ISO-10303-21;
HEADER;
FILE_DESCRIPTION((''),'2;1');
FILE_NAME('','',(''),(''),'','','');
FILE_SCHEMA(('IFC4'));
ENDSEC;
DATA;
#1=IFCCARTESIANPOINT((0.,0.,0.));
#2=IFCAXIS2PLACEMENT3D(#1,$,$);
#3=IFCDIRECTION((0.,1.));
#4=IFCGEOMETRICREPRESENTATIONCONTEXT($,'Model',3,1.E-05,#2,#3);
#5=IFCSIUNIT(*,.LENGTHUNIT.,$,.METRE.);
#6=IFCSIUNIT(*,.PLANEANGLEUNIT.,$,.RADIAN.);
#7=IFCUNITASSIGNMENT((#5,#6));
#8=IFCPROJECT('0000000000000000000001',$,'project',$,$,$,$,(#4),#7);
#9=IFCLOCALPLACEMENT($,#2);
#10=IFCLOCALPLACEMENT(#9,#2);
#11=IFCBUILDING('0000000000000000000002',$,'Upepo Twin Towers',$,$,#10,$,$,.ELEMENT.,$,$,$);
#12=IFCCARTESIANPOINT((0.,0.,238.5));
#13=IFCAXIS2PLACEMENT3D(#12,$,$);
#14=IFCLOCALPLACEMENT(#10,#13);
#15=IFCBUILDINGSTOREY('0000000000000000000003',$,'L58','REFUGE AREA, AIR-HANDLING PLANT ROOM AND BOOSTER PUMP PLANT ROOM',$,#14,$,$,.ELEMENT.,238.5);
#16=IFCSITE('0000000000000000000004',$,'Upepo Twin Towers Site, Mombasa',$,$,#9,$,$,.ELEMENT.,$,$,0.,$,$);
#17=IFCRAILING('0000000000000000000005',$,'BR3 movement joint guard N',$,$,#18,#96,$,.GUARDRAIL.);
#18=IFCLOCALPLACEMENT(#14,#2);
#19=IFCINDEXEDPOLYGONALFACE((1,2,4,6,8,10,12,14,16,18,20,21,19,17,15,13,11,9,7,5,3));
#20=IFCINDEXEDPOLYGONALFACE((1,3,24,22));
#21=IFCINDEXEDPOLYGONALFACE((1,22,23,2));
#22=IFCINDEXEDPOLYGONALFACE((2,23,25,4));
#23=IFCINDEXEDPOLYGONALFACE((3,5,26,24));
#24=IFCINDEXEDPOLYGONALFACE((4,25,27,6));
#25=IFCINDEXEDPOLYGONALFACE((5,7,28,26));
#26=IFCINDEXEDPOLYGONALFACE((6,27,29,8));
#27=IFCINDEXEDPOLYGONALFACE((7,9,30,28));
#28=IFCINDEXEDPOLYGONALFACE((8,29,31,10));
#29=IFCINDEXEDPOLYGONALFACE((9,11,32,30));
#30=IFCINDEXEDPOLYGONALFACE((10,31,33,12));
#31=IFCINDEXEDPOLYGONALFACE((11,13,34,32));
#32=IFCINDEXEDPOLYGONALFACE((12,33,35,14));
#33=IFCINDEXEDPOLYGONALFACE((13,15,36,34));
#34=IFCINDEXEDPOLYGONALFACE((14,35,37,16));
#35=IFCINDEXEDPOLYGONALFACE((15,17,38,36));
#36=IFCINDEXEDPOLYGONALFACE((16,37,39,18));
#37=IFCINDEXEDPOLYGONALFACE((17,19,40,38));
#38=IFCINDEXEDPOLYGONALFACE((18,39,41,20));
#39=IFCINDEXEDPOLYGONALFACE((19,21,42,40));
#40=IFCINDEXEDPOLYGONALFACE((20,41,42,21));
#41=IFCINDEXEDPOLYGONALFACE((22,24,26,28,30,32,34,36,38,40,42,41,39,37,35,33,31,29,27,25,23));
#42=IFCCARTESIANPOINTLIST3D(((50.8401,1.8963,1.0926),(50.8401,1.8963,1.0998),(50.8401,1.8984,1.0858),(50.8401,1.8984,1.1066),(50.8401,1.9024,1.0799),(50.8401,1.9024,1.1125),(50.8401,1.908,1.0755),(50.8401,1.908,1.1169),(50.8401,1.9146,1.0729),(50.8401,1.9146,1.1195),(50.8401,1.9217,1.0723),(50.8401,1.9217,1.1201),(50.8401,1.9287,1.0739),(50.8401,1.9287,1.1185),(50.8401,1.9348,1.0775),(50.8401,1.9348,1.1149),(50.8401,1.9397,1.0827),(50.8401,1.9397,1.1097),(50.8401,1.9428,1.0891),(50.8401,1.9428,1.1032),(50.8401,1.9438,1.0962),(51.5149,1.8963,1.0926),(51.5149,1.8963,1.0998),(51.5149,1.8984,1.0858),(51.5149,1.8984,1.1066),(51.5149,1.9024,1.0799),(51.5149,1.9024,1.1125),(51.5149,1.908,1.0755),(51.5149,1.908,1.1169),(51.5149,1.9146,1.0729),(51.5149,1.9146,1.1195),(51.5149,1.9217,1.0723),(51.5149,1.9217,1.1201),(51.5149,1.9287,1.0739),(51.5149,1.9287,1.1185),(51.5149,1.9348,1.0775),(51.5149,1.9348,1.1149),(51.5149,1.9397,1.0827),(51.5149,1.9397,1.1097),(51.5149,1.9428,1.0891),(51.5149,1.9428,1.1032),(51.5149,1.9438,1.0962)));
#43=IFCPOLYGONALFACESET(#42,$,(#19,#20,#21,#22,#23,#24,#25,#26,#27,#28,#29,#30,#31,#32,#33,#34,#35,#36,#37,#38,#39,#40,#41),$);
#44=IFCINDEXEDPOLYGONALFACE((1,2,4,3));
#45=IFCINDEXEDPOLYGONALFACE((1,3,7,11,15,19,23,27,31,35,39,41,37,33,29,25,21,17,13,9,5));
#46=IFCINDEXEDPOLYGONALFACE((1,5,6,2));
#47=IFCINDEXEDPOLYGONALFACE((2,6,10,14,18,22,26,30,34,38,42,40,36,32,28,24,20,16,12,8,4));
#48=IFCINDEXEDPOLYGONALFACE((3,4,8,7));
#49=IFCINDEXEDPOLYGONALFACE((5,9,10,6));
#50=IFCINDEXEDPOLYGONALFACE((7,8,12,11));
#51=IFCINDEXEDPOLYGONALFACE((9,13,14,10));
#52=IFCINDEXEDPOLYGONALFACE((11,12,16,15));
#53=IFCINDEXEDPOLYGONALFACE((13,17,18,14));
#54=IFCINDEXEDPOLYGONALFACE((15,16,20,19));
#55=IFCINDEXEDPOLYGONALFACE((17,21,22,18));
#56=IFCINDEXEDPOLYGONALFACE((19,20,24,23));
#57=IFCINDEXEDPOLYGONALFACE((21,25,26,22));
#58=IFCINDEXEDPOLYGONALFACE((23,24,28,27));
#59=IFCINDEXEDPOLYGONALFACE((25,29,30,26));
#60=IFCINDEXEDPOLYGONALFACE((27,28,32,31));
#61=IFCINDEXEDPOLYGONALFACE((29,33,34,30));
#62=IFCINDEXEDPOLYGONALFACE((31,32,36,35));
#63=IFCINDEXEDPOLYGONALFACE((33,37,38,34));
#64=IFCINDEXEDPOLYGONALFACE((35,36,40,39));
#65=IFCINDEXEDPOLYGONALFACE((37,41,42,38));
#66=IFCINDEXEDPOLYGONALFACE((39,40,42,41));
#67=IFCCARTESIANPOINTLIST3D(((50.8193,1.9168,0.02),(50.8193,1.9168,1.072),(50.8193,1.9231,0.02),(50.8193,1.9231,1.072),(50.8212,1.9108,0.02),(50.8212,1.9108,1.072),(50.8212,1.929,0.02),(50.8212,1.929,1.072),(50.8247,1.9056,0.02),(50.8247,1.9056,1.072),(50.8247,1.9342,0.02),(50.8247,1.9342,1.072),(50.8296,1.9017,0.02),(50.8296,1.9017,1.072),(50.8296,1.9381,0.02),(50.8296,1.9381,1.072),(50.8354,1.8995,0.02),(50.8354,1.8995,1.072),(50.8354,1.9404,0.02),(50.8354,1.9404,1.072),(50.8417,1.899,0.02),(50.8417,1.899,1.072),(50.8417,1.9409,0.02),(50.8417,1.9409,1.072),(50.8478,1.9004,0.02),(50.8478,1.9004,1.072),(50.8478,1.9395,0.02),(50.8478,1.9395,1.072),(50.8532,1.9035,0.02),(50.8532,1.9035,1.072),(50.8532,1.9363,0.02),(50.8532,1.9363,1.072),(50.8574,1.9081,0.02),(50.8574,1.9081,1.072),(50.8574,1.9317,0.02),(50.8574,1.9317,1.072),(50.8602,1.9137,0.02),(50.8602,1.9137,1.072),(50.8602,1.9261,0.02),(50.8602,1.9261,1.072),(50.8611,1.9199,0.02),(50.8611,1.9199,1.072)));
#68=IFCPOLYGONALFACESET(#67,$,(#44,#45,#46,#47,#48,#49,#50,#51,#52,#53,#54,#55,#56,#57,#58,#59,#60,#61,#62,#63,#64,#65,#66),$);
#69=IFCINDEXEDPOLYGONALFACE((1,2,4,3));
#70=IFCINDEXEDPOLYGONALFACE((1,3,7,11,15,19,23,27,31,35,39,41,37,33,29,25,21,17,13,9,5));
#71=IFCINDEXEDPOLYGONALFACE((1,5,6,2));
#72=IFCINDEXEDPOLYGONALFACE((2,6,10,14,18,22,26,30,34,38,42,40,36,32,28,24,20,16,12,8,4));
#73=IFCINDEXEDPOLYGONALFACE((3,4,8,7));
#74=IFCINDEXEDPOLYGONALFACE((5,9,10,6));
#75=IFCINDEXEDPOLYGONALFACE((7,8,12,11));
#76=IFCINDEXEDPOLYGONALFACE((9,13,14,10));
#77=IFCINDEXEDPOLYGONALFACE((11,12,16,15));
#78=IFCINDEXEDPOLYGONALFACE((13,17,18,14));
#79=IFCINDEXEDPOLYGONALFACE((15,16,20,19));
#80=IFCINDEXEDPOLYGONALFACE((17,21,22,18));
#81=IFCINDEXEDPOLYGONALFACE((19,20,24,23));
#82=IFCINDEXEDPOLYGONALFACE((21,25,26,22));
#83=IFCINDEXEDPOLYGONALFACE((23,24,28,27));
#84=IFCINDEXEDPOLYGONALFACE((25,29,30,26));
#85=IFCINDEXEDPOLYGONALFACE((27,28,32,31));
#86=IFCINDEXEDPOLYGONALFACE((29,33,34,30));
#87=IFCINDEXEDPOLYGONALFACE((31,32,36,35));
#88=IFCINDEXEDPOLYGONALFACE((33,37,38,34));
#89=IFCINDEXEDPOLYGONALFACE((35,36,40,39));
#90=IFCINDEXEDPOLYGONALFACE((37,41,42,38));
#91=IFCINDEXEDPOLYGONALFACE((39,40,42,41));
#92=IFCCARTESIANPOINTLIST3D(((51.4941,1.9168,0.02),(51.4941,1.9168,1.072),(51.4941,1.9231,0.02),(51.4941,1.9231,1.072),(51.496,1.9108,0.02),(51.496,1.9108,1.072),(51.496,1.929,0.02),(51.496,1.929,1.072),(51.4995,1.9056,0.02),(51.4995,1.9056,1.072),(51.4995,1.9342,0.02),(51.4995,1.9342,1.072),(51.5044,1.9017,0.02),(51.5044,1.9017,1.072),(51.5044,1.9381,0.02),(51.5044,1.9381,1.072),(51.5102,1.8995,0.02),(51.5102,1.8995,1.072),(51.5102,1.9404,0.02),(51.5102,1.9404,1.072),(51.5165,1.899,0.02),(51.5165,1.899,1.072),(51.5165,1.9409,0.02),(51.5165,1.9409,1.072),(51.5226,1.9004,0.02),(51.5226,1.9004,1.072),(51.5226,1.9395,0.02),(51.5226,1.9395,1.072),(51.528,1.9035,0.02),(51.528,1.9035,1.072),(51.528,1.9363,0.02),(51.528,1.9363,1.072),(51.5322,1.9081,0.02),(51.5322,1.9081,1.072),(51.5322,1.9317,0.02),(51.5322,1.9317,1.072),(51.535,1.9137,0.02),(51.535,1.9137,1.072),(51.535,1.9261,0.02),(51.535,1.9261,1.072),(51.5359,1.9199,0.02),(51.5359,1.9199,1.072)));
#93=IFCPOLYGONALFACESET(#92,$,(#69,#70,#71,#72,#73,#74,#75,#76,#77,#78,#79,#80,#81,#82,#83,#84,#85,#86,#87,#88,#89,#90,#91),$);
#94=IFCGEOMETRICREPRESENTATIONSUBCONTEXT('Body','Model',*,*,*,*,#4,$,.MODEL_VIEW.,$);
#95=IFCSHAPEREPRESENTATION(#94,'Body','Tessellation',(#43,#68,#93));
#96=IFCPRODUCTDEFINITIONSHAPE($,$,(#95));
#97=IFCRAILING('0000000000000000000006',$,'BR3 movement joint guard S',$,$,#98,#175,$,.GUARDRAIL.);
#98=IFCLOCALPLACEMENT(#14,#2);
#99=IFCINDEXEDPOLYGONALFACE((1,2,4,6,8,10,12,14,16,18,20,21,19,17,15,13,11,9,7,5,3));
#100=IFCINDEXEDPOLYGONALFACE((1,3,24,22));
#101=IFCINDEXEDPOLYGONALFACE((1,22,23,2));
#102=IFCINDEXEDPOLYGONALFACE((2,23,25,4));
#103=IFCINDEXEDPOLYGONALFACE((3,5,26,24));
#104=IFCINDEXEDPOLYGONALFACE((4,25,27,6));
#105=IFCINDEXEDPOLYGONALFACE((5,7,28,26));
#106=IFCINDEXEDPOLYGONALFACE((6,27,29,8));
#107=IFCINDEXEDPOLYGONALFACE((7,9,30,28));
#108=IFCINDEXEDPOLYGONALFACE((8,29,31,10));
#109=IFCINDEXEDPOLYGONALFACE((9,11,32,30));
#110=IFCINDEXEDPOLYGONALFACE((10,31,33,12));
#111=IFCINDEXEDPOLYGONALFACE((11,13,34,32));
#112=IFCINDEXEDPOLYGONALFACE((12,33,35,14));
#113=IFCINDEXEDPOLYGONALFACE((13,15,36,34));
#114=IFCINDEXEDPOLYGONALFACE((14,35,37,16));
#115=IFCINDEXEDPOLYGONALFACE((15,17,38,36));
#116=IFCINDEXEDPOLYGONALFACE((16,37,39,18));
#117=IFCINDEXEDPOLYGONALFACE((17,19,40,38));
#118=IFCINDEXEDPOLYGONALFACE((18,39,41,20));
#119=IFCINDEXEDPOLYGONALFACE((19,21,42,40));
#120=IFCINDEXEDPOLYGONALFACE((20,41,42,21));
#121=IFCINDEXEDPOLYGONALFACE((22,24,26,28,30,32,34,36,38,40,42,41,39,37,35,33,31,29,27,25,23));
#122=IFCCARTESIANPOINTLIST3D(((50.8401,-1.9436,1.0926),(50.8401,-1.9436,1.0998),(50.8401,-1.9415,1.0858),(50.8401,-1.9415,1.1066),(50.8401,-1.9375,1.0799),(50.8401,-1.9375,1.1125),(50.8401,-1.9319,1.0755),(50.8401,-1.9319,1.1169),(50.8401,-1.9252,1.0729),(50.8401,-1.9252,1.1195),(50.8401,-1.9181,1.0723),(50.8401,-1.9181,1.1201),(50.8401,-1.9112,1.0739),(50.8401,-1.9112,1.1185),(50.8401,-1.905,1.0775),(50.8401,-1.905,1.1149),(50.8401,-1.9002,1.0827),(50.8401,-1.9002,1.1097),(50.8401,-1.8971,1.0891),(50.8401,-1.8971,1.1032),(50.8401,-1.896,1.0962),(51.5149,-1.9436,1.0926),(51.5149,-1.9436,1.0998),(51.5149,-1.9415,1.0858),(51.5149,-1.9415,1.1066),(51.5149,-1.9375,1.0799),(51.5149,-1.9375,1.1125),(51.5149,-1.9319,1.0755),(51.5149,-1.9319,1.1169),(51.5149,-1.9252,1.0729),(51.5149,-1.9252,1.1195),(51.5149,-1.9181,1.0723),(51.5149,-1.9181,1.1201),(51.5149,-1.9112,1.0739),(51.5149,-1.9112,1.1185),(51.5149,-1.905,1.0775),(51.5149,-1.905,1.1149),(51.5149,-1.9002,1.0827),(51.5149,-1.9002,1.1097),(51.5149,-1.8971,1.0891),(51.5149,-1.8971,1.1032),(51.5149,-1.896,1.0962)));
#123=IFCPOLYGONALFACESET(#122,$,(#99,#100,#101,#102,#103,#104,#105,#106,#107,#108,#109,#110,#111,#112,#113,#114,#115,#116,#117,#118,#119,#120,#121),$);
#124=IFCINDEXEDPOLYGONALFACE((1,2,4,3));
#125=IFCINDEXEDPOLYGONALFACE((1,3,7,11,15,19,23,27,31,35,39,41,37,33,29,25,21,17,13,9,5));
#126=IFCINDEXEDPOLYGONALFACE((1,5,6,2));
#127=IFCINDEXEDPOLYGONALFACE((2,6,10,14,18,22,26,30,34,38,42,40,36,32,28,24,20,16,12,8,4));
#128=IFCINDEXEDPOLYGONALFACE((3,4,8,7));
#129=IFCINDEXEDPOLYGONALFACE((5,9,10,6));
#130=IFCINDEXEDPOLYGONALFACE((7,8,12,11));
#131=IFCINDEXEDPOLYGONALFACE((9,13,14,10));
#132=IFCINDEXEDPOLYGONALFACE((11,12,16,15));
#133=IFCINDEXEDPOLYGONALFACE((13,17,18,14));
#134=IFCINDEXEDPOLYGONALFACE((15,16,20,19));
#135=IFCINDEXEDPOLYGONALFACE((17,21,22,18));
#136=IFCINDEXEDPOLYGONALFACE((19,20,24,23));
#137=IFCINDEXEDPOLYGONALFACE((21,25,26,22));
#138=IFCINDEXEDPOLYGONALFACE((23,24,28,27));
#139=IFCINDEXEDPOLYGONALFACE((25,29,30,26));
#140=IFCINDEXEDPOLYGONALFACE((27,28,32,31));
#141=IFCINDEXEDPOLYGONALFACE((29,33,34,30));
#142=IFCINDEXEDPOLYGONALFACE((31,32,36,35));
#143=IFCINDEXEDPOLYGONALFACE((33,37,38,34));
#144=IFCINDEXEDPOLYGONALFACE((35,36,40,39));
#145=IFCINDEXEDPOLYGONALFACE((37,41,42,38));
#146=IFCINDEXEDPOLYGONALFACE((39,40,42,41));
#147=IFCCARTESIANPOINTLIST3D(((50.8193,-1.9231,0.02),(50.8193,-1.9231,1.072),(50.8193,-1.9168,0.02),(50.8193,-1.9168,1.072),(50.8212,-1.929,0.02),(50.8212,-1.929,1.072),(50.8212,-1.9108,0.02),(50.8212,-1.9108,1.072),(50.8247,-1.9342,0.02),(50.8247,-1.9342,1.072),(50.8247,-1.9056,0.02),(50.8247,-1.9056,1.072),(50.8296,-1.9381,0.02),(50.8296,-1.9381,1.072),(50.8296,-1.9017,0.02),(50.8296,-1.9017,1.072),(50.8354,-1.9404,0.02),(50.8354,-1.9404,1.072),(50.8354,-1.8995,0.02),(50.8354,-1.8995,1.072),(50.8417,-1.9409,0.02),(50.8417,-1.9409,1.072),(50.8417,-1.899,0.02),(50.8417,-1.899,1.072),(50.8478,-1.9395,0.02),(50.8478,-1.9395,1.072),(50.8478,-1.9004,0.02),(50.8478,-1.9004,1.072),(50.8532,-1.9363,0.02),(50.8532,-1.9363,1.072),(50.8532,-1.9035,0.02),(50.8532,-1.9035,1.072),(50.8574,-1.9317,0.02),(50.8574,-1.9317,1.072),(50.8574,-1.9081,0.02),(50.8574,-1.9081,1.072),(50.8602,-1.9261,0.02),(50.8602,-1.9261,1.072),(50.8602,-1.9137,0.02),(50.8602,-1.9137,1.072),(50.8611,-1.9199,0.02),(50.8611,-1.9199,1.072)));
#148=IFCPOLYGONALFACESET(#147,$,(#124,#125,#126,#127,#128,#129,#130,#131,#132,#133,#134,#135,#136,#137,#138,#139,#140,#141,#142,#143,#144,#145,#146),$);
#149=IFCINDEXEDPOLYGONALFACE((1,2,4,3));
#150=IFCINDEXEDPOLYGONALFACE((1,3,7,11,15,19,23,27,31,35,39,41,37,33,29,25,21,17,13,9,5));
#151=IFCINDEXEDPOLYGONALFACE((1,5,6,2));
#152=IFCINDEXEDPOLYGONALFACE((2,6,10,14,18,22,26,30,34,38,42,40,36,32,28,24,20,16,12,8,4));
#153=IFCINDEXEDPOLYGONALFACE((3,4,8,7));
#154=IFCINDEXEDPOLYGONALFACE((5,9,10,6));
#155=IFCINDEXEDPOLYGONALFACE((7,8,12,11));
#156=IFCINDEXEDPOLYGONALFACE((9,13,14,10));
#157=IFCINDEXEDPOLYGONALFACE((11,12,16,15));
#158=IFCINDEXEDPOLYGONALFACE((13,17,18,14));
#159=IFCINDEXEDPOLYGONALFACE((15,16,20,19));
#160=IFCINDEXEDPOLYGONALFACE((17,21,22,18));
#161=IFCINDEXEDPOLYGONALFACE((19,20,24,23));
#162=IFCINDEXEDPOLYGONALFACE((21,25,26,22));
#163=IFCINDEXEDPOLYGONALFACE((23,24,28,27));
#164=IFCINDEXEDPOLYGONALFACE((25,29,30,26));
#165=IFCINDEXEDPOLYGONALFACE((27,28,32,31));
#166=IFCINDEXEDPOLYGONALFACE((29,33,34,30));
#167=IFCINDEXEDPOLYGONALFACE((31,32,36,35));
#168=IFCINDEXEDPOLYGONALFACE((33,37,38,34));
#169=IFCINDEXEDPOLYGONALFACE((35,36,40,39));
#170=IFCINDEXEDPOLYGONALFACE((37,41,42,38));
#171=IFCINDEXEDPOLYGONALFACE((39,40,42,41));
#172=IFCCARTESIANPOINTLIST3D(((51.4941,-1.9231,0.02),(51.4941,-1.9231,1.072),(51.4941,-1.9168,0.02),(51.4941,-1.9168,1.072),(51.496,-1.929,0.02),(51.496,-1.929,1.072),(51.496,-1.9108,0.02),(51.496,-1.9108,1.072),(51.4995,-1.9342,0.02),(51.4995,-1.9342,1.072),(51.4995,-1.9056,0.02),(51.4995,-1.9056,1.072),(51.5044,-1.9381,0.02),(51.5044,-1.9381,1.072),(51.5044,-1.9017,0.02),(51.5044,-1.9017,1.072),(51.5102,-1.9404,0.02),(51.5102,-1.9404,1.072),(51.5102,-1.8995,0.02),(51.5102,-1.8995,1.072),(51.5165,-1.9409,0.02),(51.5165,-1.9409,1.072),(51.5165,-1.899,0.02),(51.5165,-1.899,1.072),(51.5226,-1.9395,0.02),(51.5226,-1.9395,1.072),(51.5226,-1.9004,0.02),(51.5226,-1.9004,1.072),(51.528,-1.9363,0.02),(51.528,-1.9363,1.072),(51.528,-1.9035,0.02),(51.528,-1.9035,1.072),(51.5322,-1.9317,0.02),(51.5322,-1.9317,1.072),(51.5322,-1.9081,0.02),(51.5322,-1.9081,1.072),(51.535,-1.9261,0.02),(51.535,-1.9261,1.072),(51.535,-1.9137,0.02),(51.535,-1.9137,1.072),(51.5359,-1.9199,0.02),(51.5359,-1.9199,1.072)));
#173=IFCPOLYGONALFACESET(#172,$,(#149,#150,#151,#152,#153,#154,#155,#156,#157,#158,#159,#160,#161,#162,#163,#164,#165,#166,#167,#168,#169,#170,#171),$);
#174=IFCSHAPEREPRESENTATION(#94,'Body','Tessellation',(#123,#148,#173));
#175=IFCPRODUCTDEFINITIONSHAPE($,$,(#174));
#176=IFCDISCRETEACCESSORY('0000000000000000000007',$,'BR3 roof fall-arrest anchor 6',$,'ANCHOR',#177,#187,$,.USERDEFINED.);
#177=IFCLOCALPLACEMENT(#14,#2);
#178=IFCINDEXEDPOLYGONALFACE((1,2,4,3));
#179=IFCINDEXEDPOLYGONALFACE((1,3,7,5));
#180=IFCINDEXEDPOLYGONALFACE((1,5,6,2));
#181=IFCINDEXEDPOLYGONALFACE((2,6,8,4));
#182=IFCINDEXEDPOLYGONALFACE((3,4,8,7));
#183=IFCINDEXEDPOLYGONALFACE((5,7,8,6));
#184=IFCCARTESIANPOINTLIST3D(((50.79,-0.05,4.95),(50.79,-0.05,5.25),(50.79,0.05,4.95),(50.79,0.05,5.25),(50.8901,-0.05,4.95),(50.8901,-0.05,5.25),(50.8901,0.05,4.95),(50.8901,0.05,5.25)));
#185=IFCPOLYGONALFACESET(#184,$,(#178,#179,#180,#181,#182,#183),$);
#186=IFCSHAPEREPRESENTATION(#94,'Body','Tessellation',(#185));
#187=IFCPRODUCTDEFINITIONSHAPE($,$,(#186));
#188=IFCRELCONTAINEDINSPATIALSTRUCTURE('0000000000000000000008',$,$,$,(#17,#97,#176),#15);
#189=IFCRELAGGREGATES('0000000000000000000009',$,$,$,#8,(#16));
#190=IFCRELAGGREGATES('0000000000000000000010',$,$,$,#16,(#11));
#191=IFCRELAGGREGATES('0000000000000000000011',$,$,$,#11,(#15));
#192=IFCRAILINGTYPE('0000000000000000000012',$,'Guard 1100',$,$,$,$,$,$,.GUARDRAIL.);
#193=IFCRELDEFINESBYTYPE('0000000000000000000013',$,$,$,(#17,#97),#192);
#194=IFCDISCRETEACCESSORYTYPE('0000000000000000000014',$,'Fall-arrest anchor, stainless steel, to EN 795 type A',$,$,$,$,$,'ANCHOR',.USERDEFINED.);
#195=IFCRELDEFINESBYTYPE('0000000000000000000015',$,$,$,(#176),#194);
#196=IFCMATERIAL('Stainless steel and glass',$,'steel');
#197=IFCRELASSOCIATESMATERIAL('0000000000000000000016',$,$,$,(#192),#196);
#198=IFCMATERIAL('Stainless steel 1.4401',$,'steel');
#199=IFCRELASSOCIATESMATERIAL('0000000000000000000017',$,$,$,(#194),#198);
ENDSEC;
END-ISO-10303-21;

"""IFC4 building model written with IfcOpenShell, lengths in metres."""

from ifc_helpers import new_model, si_unit, direction, frame, origin, origin_2d, place, context, subcontext, project, spatial, rectangle, circle, extrude, material, material_profile, profile_set, type_object, element, save


model = new_model("IFC4")

# Units and contexts
model_context = context("Model", 3, precision=1e-05, world=origin(), true_north=direction((0.0, 1.0)))
body_context = subcontext(model_context, "Body", "Model", "MODEL_VIEW")
ifc_project = project(units=[si_unit("LENGTHUNIT", "METRE"), si_unit("PLANEANGLEUNIT", "RADIAN")], contexts=[model_context])

# Site, building, storey
site_placement = place(None, origin())
site = spatial("IfcSite", under=ifc_project, at=site_placement, Name="Upepo Twin Towers Site, Mombasa", CompositionType="ELEMENT", RefElevation=0.0)
building_placement = place(site_placement, origin())
building = spatial("IfcBuilding", under=site, at=building_placement, Name="Upepo Twin Towers", CompositionType="ELEMENT")
storey_placement = place(building_placement, frame((0.0, 0.0, 238.5)))
storey = spatial("IfcBuildingStorey", under=building, at=storey_placement, Name="L58", Description="REFUGE AREA, AIR-HANDLING PLANT ROOM AND BOOSTER PUMP PLANT ROOM", CompositionType="ELEMENT", Elevation=238.5)

# Railings
ifc_material_1 = material(Name="Stainless steel and glass", Category="steel")
railing_type = type_object("IfcRailingType", Name="Guard 1100", PredefinedType="GUARDRAIL", material=ifc_material_1)
for number, where, name in (
    (1, (50.8401, 1.9199, 0.02), "BR3 movement joint guard N"),
    (2, (50.8401, -1.9199, 0.02), "BR3 movement joint guard S"),
):
    element("IfcRailing", number, at=place(storey_placement, frame(where)), inside=storey, type_object=railing_type, Name=name, PredefinedType="GUARDRAIL", context=body_context, shape_type="SweptSolid", body=[
        extrude(circle(Radius=0.0239, at=origin_2d()), frame((0.0, 0.0, 1.0762), z_axis=(1.0, 0.0, 0.0), x_axis=(0.0, 1.0, 0.0)), (0.0, 0.0, 1.0), 0.6748),
        extrude(circle(Radius=0.021, at=origin_2d()), origin(), (0.0, 0.0, 1.0), 1.052),
        extrude(circle(Radius=0.021, at=origin_2d()), frame((0.6748, 0.0, 0.0)), (0.0, 0.0, 1.0), 1.052),
    ])

# Discrete accessory
ifc_material_2 = material(Name="Stainless steel 1.4401", Category="steel")
ifc_material_profile_1 = material_profile(ifc_material_2, rectangle(XDim=0.1001, YDim=0.1001, at=origin_2d()), Name="ANCHOR POST 100x100")
ifc_profile_set_1 = profile_set([ifc_material_profile_1], Name="Stainless steel 1.4401")
discrete_accessory_type = type_object("IfcDiscreteAccessoryType", Name="Fall-arrest anchor, stainless steel, to EN 795 type A", ElementType="ANCHOR", PredefinedType="USERDEFINED", material=ifc_profile_set_1)
discrete_accessory_placement = place(storey_placement, frame((50.8401, 0.0, 4.95), z_axis=(0.0, 0.0, 1.0), x_axis=(1.0, 0.0, 0.0)))
element("IfcDiscreteAccessory", 3, at=discrete_accessory_placement, inside=storey, type_object=discrete_accessory_type, Name="BR3 roof fall-arrest anchor 6", ObjectType="ANCHOR", PredefinedType="USERDEFINED", context=body_context, shape_type="SweptSolid", body=[
    extrude(rectangle(XDim=0.1001, YDim=0.1001, at=origin_2d()), origin(), (0.0, 0.0, 1.0), 0.3),
])

save(model, "model.ifc")
